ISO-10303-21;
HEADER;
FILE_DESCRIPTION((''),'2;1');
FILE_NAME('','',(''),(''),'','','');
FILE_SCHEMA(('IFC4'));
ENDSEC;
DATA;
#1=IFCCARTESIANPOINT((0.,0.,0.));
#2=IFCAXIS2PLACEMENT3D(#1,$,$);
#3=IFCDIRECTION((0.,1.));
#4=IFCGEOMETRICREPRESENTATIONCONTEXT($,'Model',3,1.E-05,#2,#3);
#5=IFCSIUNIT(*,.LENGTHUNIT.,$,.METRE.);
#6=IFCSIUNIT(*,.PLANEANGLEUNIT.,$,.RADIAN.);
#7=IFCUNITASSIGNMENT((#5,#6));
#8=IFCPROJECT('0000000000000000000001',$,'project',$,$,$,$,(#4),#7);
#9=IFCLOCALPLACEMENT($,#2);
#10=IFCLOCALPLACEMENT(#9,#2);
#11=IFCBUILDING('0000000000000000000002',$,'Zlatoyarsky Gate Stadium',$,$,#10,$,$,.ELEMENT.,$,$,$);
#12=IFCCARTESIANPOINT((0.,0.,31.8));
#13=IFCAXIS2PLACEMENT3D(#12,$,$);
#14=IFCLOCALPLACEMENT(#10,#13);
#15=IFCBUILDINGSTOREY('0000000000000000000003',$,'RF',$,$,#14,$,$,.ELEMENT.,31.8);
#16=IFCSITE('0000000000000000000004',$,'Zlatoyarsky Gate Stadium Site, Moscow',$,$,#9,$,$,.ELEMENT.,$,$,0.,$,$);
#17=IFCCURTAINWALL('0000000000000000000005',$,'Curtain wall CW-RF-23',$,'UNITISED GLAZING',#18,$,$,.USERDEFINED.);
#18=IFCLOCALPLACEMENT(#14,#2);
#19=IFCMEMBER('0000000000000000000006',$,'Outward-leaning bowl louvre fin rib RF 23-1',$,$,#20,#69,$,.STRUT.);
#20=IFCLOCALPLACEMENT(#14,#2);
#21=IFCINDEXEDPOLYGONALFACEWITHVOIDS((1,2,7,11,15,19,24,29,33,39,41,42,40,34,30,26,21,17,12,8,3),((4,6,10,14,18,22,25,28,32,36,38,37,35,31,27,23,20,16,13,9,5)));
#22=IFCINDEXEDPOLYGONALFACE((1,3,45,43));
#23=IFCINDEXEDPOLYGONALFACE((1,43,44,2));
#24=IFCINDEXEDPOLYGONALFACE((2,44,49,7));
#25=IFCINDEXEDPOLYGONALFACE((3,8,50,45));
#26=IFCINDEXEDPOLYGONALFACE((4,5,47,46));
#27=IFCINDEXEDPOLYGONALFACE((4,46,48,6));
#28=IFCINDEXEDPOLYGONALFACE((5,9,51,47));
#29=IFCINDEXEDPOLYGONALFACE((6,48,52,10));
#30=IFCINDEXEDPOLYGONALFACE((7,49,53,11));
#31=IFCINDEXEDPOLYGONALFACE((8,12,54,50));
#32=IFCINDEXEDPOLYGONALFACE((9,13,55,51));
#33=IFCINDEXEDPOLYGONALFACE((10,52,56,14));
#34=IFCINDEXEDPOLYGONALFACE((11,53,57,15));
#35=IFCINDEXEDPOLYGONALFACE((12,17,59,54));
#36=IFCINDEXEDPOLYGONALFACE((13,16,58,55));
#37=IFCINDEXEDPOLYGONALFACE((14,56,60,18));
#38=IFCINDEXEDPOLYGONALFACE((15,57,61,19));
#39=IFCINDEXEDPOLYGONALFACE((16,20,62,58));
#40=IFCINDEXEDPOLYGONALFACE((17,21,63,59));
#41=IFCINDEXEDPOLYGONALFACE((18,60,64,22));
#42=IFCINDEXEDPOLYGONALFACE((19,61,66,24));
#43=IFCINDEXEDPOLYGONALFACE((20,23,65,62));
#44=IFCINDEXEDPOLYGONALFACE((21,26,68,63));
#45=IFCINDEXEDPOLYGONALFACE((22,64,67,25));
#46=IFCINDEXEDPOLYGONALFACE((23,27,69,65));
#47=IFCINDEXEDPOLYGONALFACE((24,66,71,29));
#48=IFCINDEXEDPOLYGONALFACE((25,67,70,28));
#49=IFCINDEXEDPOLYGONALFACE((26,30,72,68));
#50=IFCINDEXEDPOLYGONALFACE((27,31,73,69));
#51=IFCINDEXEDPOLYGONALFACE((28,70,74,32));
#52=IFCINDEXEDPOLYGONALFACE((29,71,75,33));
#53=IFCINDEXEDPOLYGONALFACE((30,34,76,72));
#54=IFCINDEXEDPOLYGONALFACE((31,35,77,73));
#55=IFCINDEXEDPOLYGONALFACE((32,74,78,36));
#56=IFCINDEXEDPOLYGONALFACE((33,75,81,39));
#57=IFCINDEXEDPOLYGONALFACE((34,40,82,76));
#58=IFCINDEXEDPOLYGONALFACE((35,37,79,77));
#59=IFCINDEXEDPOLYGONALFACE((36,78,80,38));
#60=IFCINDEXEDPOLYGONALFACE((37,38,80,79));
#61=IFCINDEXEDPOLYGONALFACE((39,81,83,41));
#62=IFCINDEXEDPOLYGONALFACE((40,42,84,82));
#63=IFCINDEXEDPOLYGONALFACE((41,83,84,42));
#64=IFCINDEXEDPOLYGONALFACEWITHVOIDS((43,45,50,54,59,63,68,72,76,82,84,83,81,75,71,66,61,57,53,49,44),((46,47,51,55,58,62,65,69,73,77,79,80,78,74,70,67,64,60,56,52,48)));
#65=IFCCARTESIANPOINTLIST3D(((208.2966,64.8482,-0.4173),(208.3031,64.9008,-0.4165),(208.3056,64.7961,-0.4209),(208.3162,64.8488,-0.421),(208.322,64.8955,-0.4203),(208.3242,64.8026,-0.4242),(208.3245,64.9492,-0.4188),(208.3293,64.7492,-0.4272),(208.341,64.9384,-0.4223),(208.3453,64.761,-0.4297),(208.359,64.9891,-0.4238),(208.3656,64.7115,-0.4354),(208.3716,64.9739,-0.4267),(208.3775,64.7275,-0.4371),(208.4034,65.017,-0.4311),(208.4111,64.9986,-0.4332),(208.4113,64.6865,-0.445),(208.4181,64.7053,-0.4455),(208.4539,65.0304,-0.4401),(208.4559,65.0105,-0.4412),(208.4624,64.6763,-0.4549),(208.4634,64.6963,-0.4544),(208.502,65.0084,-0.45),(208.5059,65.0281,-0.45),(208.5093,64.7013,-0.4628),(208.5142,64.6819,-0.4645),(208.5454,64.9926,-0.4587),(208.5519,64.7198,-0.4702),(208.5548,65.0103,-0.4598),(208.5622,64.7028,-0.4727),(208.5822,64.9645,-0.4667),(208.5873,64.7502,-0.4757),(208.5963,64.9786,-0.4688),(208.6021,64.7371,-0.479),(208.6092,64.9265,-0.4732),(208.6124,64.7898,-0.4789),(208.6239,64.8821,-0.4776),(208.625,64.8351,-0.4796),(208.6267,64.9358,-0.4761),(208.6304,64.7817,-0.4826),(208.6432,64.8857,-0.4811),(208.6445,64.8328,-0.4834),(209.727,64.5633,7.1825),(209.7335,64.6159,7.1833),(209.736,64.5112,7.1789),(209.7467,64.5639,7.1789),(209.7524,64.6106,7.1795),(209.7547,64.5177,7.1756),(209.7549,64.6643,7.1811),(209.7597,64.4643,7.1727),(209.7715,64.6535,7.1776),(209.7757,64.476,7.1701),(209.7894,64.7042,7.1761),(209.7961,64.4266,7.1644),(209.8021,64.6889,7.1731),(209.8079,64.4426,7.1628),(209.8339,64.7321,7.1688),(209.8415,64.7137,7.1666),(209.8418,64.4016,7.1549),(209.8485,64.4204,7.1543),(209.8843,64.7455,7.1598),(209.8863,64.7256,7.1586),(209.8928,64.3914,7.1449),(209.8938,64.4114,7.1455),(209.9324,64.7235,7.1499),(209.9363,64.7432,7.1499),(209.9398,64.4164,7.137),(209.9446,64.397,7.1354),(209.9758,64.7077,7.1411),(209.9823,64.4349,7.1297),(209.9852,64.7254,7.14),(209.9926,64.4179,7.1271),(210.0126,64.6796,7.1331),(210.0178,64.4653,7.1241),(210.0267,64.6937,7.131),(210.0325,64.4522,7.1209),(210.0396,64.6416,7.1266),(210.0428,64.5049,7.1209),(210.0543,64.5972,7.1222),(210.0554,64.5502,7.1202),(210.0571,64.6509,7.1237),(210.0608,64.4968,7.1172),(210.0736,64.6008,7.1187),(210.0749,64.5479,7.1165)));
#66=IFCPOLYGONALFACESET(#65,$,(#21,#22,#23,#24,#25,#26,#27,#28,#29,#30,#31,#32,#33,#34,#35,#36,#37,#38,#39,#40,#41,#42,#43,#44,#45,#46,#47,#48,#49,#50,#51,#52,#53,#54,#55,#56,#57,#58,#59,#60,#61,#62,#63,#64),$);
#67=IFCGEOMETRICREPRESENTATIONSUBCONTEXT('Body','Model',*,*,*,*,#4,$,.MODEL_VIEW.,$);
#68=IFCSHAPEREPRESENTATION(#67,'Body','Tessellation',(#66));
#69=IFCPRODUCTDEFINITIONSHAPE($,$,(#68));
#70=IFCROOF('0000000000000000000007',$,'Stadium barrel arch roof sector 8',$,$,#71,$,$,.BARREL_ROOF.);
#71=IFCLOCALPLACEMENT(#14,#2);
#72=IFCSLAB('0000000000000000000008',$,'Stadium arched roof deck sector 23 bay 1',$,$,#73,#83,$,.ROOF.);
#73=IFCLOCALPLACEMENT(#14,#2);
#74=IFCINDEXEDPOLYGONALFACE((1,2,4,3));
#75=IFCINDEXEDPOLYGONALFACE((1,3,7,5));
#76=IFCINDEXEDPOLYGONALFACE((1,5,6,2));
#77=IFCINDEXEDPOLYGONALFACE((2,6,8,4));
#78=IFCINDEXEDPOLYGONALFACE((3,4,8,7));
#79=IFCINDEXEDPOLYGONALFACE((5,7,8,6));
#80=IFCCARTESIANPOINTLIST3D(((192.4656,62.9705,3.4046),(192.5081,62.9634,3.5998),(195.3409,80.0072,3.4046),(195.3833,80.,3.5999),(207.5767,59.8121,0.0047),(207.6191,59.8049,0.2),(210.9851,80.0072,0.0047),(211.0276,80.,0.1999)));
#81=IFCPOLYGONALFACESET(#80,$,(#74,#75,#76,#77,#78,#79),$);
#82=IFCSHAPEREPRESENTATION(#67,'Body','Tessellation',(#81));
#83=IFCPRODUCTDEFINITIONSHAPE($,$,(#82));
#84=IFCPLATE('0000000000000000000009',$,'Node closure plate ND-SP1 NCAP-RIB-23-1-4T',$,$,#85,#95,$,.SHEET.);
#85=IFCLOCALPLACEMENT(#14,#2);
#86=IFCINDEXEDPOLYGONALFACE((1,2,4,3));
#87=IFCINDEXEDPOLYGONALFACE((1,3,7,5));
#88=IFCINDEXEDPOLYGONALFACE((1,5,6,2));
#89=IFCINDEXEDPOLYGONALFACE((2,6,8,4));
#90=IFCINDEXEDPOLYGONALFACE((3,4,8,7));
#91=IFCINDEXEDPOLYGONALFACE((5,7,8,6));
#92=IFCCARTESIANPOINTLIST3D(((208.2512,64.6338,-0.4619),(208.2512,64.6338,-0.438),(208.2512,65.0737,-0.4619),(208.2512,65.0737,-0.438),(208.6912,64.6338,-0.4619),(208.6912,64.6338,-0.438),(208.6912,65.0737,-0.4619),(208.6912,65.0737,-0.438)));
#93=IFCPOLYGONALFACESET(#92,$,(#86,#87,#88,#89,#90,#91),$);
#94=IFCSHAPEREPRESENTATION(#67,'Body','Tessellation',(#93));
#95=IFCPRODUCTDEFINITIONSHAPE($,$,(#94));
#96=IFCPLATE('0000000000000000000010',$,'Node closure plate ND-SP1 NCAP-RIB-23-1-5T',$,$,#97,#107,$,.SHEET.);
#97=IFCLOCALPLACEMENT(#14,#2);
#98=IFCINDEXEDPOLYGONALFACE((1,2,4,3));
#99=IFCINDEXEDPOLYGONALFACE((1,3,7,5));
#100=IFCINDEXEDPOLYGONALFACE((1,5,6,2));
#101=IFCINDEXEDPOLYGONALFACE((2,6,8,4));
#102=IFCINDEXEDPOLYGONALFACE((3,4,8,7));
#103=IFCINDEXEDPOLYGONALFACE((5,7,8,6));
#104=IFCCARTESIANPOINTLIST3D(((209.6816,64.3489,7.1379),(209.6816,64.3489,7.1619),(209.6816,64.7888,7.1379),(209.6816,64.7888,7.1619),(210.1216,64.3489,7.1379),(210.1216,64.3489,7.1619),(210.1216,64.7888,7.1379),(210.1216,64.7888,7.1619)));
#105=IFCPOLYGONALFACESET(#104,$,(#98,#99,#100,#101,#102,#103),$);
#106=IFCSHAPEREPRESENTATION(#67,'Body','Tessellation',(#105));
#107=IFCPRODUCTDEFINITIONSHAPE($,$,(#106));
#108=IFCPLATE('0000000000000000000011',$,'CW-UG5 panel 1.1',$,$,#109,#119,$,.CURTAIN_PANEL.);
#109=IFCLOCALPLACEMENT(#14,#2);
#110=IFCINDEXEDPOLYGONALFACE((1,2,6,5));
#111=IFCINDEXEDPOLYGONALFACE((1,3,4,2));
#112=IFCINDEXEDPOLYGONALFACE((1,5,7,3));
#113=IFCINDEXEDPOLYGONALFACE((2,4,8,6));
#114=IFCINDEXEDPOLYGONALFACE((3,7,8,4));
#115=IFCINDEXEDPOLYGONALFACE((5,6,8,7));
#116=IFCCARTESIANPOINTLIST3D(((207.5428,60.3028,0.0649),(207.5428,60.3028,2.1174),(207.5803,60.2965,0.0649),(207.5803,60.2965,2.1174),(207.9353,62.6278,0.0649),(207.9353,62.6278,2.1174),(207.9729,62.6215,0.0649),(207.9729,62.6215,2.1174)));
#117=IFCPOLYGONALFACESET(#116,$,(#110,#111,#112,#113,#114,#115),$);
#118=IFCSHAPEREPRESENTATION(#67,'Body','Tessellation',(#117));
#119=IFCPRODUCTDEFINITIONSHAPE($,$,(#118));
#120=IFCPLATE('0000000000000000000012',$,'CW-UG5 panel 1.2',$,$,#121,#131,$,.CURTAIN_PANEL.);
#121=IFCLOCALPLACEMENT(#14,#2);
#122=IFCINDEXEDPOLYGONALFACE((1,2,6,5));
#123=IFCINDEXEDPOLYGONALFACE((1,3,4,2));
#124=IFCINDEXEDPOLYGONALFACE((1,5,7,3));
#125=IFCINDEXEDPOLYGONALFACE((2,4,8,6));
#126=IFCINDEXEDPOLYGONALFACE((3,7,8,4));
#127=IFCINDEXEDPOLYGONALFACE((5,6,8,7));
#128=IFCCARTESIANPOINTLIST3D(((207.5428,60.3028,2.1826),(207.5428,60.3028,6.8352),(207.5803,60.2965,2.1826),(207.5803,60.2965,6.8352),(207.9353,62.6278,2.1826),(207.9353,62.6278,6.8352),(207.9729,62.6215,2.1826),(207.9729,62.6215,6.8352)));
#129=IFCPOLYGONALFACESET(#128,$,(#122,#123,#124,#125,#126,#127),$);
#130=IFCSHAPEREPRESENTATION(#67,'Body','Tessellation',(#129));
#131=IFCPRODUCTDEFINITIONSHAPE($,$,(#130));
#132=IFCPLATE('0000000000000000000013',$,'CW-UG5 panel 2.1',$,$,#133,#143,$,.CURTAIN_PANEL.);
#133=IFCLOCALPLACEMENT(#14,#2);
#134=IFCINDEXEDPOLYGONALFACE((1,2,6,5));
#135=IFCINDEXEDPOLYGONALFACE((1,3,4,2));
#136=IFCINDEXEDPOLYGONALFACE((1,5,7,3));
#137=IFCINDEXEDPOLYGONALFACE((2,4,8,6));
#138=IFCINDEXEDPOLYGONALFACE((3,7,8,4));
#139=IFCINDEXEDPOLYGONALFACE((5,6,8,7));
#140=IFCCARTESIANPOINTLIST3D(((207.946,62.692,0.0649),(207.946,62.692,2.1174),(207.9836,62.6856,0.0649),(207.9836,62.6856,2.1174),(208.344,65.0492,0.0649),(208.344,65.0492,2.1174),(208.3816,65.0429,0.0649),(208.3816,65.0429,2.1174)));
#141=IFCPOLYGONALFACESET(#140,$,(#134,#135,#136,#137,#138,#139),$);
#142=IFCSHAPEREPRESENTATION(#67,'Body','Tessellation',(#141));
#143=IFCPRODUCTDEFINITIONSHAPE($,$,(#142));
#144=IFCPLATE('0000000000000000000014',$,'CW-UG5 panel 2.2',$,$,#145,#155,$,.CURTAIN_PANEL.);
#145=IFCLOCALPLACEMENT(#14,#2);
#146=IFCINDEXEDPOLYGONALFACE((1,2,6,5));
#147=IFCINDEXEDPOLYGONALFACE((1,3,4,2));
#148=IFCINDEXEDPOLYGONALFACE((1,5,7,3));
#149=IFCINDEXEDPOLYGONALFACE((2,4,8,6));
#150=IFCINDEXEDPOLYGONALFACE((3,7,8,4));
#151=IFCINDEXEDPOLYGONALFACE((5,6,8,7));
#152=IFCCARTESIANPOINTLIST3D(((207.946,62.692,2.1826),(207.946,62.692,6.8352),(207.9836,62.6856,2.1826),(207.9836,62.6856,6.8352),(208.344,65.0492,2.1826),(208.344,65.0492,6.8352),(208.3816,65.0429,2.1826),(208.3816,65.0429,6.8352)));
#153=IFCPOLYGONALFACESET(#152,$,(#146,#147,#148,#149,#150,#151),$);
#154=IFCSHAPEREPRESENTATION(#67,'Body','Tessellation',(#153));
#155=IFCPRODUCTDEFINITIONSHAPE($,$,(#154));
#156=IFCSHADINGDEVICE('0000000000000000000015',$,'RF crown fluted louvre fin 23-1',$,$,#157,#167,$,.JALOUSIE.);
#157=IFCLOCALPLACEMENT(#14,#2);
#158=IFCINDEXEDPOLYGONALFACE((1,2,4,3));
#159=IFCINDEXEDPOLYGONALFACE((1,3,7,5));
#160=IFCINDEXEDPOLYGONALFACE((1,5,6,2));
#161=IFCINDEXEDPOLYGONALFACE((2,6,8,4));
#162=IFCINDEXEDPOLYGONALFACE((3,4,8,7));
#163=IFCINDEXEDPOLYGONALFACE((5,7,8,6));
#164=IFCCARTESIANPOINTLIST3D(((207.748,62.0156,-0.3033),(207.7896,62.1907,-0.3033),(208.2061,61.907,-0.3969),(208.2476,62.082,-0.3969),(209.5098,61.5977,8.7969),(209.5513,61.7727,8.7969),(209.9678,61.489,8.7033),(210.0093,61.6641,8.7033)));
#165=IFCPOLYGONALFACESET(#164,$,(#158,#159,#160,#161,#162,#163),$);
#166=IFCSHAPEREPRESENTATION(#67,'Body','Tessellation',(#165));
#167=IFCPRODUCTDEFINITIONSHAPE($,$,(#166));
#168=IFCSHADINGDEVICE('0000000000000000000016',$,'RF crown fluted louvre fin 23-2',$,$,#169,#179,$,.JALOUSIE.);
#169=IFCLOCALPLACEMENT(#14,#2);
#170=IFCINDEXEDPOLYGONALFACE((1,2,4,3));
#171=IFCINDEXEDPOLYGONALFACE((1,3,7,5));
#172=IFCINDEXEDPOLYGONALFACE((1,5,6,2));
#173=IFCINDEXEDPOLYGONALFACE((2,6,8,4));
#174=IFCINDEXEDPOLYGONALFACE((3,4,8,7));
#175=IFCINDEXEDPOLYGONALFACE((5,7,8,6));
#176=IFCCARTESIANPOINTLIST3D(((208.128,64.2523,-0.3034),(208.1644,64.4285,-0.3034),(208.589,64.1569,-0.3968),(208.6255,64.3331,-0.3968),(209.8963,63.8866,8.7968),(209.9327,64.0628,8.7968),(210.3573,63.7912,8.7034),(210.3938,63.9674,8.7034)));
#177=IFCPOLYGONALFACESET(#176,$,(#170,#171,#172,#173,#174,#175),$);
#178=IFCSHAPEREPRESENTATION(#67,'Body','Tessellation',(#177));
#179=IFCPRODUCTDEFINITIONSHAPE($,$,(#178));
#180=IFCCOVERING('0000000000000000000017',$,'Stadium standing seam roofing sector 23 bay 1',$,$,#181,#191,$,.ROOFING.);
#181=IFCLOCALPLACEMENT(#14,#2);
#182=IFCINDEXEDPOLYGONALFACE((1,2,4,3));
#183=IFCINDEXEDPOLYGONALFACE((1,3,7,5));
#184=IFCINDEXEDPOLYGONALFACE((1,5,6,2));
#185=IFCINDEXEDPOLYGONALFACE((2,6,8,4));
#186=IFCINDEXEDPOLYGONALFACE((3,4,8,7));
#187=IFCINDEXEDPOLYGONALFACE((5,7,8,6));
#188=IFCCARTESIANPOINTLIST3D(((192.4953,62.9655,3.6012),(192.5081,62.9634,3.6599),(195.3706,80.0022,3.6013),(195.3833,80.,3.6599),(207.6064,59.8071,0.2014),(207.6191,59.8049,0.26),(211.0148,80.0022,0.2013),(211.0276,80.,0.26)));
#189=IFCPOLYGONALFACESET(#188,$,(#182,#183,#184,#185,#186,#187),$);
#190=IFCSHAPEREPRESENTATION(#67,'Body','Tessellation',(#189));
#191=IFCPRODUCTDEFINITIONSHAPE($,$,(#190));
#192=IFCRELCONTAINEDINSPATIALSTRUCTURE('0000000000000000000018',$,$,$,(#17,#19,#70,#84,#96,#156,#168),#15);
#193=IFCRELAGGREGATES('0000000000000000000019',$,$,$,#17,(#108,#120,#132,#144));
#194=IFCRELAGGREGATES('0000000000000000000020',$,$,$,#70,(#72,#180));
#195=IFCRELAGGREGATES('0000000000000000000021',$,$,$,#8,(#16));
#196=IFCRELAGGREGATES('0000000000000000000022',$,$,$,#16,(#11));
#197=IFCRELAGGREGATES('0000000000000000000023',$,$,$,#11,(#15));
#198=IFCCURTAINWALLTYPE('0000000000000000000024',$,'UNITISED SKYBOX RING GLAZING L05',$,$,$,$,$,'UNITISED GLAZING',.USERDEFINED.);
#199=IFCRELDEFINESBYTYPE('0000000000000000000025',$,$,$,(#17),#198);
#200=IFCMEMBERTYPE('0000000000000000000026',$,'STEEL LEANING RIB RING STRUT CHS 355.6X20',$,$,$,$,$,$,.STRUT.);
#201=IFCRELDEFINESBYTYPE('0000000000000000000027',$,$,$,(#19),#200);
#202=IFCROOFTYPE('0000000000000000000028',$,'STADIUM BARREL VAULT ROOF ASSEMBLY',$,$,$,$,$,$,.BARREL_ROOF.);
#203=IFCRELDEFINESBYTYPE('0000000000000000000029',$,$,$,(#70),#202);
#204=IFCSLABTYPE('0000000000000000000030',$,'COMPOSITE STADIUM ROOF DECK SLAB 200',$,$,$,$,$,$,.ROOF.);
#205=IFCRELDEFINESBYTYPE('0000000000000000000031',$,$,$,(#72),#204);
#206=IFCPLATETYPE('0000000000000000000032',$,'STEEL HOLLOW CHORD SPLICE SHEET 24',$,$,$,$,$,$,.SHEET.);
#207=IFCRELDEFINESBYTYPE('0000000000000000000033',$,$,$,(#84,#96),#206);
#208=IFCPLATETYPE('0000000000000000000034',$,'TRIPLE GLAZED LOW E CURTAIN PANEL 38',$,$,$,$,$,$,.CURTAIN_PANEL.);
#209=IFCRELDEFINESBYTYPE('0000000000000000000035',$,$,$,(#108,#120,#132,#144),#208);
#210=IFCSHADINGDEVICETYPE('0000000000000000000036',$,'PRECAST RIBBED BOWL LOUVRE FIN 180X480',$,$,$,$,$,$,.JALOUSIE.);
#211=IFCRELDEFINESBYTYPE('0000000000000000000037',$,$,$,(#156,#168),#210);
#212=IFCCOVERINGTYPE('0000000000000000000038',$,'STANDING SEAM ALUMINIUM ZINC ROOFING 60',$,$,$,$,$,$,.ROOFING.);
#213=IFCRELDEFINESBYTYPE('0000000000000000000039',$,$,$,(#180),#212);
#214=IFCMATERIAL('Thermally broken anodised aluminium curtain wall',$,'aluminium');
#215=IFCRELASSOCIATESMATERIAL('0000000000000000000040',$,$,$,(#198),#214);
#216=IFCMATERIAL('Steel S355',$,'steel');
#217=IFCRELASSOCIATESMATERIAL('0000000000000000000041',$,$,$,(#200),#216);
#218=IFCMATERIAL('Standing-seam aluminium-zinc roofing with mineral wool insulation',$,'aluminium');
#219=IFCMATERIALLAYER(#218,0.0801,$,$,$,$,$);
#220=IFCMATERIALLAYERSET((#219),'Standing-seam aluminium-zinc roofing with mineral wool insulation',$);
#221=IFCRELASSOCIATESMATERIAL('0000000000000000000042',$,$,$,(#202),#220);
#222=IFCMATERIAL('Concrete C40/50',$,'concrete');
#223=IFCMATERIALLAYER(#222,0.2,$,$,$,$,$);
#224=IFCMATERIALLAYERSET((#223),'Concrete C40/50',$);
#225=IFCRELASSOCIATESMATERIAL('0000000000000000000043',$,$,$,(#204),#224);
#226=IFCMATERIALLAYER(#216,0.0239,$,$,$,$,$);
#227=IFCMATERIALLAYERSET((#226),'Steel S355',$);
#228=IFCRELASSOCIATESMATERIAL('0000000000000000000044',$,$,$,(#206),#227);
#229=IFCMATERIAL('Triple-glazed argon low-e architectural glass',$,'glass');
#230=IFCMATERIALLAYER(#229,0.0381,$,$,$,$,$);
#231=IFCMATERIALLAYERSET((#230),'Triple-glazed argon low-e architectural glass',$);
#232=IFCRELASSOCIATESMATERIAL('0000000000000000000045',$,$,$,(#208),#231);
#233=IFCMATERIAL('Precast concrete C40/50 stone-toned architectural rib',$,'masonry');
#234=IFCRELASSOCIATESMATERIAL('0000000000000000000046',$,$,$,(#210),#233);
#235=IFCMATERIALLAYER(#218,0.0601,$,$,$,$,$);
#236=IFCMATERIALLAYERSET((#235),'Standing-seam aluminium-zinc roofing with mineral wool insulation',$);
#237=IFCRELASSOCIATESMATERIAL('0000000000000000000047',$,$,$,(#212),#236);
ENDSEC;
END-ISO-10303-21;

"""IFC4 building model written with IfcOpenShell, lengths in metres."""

from ifc_helpers import new_model, si_unit, direction, frame, origin, origin_2d, place, context, subcontext, project, spatial, polyline, rectangle, hollow_circle, outline, extrude, material, layer, layer_set, material_profile, profile_set, type_object, element, aggregate, save


model = new_model("IFC4")

# Units and contexts
model_context = context("Model", 3, precision=1e-05, world=origin(), true_north=direction((0.0, 1.0)))
body_context = subcontext(model_context, "Body", "Model", "MODEL_VIEW")
ifc_project = project(units=[si_unit("LENGTHUNIT", "METRE"), si_unit("PLANEANGLEUNIT", "RADIAN")], contexts=[model_context])

# Site, building, storey
site_placement = place(None, origin())
site = spatial("IfcSite", under=ifc_project, at=site_placement, Name="Zlatoyarsky Gate Stadium Site, Moscow", CompositionType="ELEMENT", RefElevation=0.0)
building_placement = place(site_placement, origin())
building = spatial("IfcBuilding", under=site, at=building_placement, Name="Zlatoyarsky Gate Stadium", CompositionType="ELEMENT")
storey_placement = place(building_placement, frame((0.0, 0.0, 31.8)))
storey = spatial("IfcBuildingStorey", under=building, at=storey_placement, Name="RF", CompositionType="ELEMENT", Elevation=31.8)

# Curtain wall
ifc_material_1 = material(Name="Thermally broken anodised aluminium curtain wall", Category="aluminium")
curtain_wall_type = type_object("IfcCurtainWallType", Name="UNITISED SKYBOX RING GLAZING L05", ElementType="UNITISED GLAZING", PredefinedType="USERDEFINED", material=ifc_material_1)
curtain_wall_placement = place(storey_placement, origin())
curtain_wall = element("IfcCurtainWall", 1, at=curtain_wall_placement, inside=storey, type_object=curtain_wall_type, Name="Curtain wall CW-RF-23", ObjectType="UNITISED GLAZING", PredefinedType="USERDEFINED")

# Member
ifc_material_2 = material(Name="Steel S355", Category="steel")
ifc_material_profile_1 = material_profile(ifc_material_2, hollow_circle(Radius=0.1777, WallThickness=0.02, at=origin_2d()), Name="CHS 355.6X20")
ifc_profile_set_1 = profile_set([ifc_material_profile_1], Name="Steel S355")
member_type_1 = type_object("IfcMemberType", Name="STEEL LEANING RIB RING STRUT CHS 355.6X20", PredefinedType="STRUT", material=ifc_profile_set_1)
member_1_placement = place(storey_placement, frame((208.4712, 64.8538, -0.45), z_axis=(0.184844, -0.036817, 0.982078), x_axis=(0.195344, 0.980735, 0.0)))
element("IfcMember", 2, at=member_1_placement, inside=storey, type_object=member_type_1, Name="Outward-leaning bowl louvre fin rib RF 23-1", PredefinedType="STRUT", context=body_context, shape_type="SweptSolid", body=[
    extrude(hollow_circle(Radius=0.1777, WallThickness=0.02, at=origin_2d()), origin(), (0.0, 0.0, 1.0), 7.7385),
])

# Roof, slab
ifc_material_3 = material(Name="Standing-seam aluminium-zinc roofing with mineral wool insulation", Category="aluminium")
ifc_layer_1 = layer(ifc_material_3, 0.0801)
ifc_layer_set_1 = layer_set([ifc_layer_1], Name="Standing-seam aluminium-zinc roofing with mineral wool insulation")
roof_type = type_object("IfcRoofType", Name="STADIUM BARREL VAULT ROOF ASSEMBLY", PredefinedType="BARREL_ROOF", material=ifc_layer_set_1)
roof_placement = place(storey_placement, origin())
roof = element("IfcRoof", 3, at=roof_placement, inside=storey, type_object=roof_type, Name="Stadium barrel arch roof sector 8", PredefinedType="BARREL_ROOF")
ifc_material_4 = material(Name="Concrete C40/50", Category="concrete")
ifc_layer_2 = layer(ifc_material_4, 0.2)
ifc_layer_set_2 = layer_set([ifc_layer_2], Name="Concrete C40/50")
slab_type = type_object("IfcSlabType", Name="COMPOSITE STADIUM ROOF DECK SLAB 200", PredefinedType="ROOF", material=ifc_layer_set_2)
slab_placement = place(storey_placement, frame((207.6191, 59.8049, 0.2), z_axis=(0.212233, -0.035819, 0.976562), x_axis=(0.166422, 0.986055, -0.000001)))
slab = element("IfcSlab", 4, at=slab_placement, type_object=slab_type, Name="Stadium arched roof deck sector 23 bay 1", PredefinedType="ROOF", context=body_context, shape_type="SweptSolid", body=[
    extrude(outline(polyline([(0.0, 0.0), (20.4807, 0.0), (17.8771, 15.7963), (0.5996, 15.7962), (0.0, 0.0)])), origin(), (0.0, 0.0, -1.0), 0.2),
])

# Plates
ifc_layer_3 = layer(ifc_material_2, 0.0239)
ifc_layer_set_3 = layer_set([ifc_layer_3], Name="Steel S355")
plate_type_1 = type_object("IfcPlateType", Name="STEEL HOLLOW CHORD SPLICE SHEET 24", PredefinedType="SHEET", material=ifc_layer_set_3)
for number, where, z_axis, x_axis, name in (
    (5, (208.4712, 64.8538, -0.4619), (0.0, 0.0, 1.0), (1.0, 0.0, 0.0), "Node closure plate ND-SP1 NCAP-RIB-23-1-4T"),
    (6, (209.9016, 64.5688, 7.1379), (0.0, 0.0, 1.0), (1.0, 0.0, 0.0), "Node closure plate ND-SP1 NCAP-RIB-23-1-5T"),
):
    element("IfcPlate", number, at=place(storey_placement, frame(where, z_axis=z_axis, x_axis=x_axis)), inside=storey, type_object=plate_type_1, Name=name, PredefinedType="SHEET", context=body_context, shape_type="SweptSolid", body=[
        extrude(rectangle(XDim=0.4399, YDim=0.4399, at=origin_2d()), origin(), (0.0, 0.0, 1.0), 0.0239),
    ])

# Plates
ifc_material_5 = material(Name="Triple-glazed argon low-e architectural glass", Category="glass")
ifc_layer_4 = layer(ifc_material_5, 0.0381)
ifc_layer_set_4 = layer_set([ifc_layer_4], Name="Triple-glazed argon low-e architectural glass")
plate_type_2 = type_object("IfcPlateType", Name="TRIPLE GLAZED LOW E CURTAIN PANEL 38", PredefinedType="CURTAIN_PANEL", material=ifc_layer_set_4)
plate_1_placement = place(storey_placement, frame((207.7578, 61.4622, 0.0649), z_axis=(0.0, 0.0, 1.0), x_axis=(0.166482, 0.986044, 0.0)))
plate_1 = element("IfcPlate", 7, at=plate_1_placement, type_object=plate_type_2, Name="CW-UG5 panel 1.1", PredefinedType="CURTAIN_PANEL", context=body_context, shape_type="SweptSolid", body=[
    extrude(rectangle(XDim=2.3579, YDim=0.0381, at=origin_2d()), origin(), (0.0, 0.0, 1.0), 2.0525),
])
plate_2_placement = place(storey_placement, frame((207.7578, 61.4622, 2.1826), z_axis=(0.0, 0.0, 1.0), x_axis=(0.166482, 0.986044, 0.0)))
plate_2 = element("IfcPlate", 8, at=plate_2_placement, type_object=plate_type_2, Name="CW-UG5 panel 1.2", PredefinedType="CURTAIN_PANEL", context=body_context, shape_type="SweptSolid", body=[
    extrude(rectangle(XDim=2.3579, YDim=0.0381, at=origin_2d()), origin(), (0.0, 0.0, 1.0), 4.6526),
])
plate_3_placement = place(storey_placement, frame((208.1638, 63.8674, 0.0649), z_axis=(0.0, 0.0, 1.0), x_axis=(0.166482, 0.986044, 0.0)))
plate_3 = element("IfcPlate", 9, at=plate_3_placement, type_object=plate_type_2, Name="CW-UG5 panel 2.1", PredefinedType="CURTAIN_PANEL", context=body_context, shape_type="SweptSolid", body=[
    extrude(rectangle(XDim=2.3906, YDim=0.0381, at=origin_2d()), origin(), (0.0, 0.0, 1.0), 2.0525),
])
plate_4_placement = place(storey_placement, frame((208.1638, 63.8674, 2.1826), z_axis=(0.0, 0.0, 1.0), x_axis=(0.166482, 0.986044, 0.0)))
plate_4 = element("IfcPlate", 10, at=plate_4_placement, type_object=plate_type_2, Name="CW-UG5 panel 2.2", PredefinedType="CURTAIN_PANEL", context=body_context, shape_type="SweptSolid", body=[
    extrude(rectangle(XDim=2.3906, YDim=0.0381, at=origin_2d()), origin(), (0.0, 0.0, 1.0), 4.6526),
])
aggregate(curtain_wall, [plate_1, plate_2, plate_3, plate_4])

# Shading devices
ifc_material_6 = material(Name="Precast concrete C40/50 stone-toned architectural rib", Category="masonry")
ifc_material_profile_2 = material_profile(ifc_material_6, rectangle(XDim=0.1799, YDim=0.48, at=origin_2d()), Name="RIB 180X480")
ifc_profile_set_2 = profile_set([ifc_material_profile_2], Name="Precast concrete C40/50 stone-toned architectural rib")
shading_device_type = type_object("IfcShadingDeviceType", Name="PRECAST RIBBED BOWL LOUVRE FIN 180X480", PredefinedType="JALOUSIE", material=ifc_profile_set_2)
shading_device_1_placement = place(storey_placement, frame((207.9978, 62.0488, -0.3501), z_axis=(0.189872, -0.045047, 0.980775), x_axis=(0.230843, 0.972991, 0.0)))
element("IfcShadingDevice", 11, at=shading_device_1_placement, inside=storey, type_object=shading_device_type, Name="RF crown fluted louvre fin 23-1", PredefinedType="JALOUSIE", context=body_context, shape_type="SweptSolid", body=[
    extrude(rectangle(XDim=0.1799, YDim=0.48, at=origin_2d()), origin(), (0.0, 0.0, 1.0), 9.2786),
])
shading_device_2_placement = place(storey_placement, frame((208.3767, 64.2927, -0.3501), z_axis=(0.190602, -0.03942, 0.980876), x_axis=(0.202534, 0.979275, 0.0)))
element("IfcShadingDevice", 12, at=shading_device_2_placement, inside=storey, type_object=shading_device_type, Name="RF crown fluted louvre fin 23-2", PredefinedType="JALOUSIE", context=body_context, shape_type="SweptSolid", body=[
    extrude(rectangle(XDim=0.1799, YDim=0.48, at=origin_2d()), origin(), (0.0, 0.0, 1.0), 9.2776),
])

# Covering
ifc_layer_5 = layer(ifc_material_3, 0.0601)
ifc_layer_set_5 = layer_set([ifc_layer_5], Name="Standing-seam aluminium-zinc roofing with mineral wool insulation")
covering_type = type_object("IfcCoveringType", Name="STANDING SEAM ALUMINIUM ZINC ROOFING 60", PredefinedType="ROOFING", material=ifc_layer_set_5)
covering_placement = place(storey_placement, frame((207.6191, 59.8049, 0.26), z_axis=(0.212233, -0.035819, 0.976562), x_axis=(0.166422, 0.986055, -0.000001)))
covering = element("IfcCovering", 13, at=covering_placement, type_object=covering_type, Name="Stadium standing seam roofing sector 23 bay 1", PredefinedType="ROOFING", context=body_context, shape_type="SweptSolid", body=[
    extrude(outline(polyline([(0.0, 0.0), (20.4807, 0.0), (17.8771, 15.7963), (0.5996, 15.7962), (0.0, 0.0)])), origin(), (0.0, 0.0, -1.0), 0.0601),
])
aggregate(roof, [slab, covering])

save(model, "model.ifc")
